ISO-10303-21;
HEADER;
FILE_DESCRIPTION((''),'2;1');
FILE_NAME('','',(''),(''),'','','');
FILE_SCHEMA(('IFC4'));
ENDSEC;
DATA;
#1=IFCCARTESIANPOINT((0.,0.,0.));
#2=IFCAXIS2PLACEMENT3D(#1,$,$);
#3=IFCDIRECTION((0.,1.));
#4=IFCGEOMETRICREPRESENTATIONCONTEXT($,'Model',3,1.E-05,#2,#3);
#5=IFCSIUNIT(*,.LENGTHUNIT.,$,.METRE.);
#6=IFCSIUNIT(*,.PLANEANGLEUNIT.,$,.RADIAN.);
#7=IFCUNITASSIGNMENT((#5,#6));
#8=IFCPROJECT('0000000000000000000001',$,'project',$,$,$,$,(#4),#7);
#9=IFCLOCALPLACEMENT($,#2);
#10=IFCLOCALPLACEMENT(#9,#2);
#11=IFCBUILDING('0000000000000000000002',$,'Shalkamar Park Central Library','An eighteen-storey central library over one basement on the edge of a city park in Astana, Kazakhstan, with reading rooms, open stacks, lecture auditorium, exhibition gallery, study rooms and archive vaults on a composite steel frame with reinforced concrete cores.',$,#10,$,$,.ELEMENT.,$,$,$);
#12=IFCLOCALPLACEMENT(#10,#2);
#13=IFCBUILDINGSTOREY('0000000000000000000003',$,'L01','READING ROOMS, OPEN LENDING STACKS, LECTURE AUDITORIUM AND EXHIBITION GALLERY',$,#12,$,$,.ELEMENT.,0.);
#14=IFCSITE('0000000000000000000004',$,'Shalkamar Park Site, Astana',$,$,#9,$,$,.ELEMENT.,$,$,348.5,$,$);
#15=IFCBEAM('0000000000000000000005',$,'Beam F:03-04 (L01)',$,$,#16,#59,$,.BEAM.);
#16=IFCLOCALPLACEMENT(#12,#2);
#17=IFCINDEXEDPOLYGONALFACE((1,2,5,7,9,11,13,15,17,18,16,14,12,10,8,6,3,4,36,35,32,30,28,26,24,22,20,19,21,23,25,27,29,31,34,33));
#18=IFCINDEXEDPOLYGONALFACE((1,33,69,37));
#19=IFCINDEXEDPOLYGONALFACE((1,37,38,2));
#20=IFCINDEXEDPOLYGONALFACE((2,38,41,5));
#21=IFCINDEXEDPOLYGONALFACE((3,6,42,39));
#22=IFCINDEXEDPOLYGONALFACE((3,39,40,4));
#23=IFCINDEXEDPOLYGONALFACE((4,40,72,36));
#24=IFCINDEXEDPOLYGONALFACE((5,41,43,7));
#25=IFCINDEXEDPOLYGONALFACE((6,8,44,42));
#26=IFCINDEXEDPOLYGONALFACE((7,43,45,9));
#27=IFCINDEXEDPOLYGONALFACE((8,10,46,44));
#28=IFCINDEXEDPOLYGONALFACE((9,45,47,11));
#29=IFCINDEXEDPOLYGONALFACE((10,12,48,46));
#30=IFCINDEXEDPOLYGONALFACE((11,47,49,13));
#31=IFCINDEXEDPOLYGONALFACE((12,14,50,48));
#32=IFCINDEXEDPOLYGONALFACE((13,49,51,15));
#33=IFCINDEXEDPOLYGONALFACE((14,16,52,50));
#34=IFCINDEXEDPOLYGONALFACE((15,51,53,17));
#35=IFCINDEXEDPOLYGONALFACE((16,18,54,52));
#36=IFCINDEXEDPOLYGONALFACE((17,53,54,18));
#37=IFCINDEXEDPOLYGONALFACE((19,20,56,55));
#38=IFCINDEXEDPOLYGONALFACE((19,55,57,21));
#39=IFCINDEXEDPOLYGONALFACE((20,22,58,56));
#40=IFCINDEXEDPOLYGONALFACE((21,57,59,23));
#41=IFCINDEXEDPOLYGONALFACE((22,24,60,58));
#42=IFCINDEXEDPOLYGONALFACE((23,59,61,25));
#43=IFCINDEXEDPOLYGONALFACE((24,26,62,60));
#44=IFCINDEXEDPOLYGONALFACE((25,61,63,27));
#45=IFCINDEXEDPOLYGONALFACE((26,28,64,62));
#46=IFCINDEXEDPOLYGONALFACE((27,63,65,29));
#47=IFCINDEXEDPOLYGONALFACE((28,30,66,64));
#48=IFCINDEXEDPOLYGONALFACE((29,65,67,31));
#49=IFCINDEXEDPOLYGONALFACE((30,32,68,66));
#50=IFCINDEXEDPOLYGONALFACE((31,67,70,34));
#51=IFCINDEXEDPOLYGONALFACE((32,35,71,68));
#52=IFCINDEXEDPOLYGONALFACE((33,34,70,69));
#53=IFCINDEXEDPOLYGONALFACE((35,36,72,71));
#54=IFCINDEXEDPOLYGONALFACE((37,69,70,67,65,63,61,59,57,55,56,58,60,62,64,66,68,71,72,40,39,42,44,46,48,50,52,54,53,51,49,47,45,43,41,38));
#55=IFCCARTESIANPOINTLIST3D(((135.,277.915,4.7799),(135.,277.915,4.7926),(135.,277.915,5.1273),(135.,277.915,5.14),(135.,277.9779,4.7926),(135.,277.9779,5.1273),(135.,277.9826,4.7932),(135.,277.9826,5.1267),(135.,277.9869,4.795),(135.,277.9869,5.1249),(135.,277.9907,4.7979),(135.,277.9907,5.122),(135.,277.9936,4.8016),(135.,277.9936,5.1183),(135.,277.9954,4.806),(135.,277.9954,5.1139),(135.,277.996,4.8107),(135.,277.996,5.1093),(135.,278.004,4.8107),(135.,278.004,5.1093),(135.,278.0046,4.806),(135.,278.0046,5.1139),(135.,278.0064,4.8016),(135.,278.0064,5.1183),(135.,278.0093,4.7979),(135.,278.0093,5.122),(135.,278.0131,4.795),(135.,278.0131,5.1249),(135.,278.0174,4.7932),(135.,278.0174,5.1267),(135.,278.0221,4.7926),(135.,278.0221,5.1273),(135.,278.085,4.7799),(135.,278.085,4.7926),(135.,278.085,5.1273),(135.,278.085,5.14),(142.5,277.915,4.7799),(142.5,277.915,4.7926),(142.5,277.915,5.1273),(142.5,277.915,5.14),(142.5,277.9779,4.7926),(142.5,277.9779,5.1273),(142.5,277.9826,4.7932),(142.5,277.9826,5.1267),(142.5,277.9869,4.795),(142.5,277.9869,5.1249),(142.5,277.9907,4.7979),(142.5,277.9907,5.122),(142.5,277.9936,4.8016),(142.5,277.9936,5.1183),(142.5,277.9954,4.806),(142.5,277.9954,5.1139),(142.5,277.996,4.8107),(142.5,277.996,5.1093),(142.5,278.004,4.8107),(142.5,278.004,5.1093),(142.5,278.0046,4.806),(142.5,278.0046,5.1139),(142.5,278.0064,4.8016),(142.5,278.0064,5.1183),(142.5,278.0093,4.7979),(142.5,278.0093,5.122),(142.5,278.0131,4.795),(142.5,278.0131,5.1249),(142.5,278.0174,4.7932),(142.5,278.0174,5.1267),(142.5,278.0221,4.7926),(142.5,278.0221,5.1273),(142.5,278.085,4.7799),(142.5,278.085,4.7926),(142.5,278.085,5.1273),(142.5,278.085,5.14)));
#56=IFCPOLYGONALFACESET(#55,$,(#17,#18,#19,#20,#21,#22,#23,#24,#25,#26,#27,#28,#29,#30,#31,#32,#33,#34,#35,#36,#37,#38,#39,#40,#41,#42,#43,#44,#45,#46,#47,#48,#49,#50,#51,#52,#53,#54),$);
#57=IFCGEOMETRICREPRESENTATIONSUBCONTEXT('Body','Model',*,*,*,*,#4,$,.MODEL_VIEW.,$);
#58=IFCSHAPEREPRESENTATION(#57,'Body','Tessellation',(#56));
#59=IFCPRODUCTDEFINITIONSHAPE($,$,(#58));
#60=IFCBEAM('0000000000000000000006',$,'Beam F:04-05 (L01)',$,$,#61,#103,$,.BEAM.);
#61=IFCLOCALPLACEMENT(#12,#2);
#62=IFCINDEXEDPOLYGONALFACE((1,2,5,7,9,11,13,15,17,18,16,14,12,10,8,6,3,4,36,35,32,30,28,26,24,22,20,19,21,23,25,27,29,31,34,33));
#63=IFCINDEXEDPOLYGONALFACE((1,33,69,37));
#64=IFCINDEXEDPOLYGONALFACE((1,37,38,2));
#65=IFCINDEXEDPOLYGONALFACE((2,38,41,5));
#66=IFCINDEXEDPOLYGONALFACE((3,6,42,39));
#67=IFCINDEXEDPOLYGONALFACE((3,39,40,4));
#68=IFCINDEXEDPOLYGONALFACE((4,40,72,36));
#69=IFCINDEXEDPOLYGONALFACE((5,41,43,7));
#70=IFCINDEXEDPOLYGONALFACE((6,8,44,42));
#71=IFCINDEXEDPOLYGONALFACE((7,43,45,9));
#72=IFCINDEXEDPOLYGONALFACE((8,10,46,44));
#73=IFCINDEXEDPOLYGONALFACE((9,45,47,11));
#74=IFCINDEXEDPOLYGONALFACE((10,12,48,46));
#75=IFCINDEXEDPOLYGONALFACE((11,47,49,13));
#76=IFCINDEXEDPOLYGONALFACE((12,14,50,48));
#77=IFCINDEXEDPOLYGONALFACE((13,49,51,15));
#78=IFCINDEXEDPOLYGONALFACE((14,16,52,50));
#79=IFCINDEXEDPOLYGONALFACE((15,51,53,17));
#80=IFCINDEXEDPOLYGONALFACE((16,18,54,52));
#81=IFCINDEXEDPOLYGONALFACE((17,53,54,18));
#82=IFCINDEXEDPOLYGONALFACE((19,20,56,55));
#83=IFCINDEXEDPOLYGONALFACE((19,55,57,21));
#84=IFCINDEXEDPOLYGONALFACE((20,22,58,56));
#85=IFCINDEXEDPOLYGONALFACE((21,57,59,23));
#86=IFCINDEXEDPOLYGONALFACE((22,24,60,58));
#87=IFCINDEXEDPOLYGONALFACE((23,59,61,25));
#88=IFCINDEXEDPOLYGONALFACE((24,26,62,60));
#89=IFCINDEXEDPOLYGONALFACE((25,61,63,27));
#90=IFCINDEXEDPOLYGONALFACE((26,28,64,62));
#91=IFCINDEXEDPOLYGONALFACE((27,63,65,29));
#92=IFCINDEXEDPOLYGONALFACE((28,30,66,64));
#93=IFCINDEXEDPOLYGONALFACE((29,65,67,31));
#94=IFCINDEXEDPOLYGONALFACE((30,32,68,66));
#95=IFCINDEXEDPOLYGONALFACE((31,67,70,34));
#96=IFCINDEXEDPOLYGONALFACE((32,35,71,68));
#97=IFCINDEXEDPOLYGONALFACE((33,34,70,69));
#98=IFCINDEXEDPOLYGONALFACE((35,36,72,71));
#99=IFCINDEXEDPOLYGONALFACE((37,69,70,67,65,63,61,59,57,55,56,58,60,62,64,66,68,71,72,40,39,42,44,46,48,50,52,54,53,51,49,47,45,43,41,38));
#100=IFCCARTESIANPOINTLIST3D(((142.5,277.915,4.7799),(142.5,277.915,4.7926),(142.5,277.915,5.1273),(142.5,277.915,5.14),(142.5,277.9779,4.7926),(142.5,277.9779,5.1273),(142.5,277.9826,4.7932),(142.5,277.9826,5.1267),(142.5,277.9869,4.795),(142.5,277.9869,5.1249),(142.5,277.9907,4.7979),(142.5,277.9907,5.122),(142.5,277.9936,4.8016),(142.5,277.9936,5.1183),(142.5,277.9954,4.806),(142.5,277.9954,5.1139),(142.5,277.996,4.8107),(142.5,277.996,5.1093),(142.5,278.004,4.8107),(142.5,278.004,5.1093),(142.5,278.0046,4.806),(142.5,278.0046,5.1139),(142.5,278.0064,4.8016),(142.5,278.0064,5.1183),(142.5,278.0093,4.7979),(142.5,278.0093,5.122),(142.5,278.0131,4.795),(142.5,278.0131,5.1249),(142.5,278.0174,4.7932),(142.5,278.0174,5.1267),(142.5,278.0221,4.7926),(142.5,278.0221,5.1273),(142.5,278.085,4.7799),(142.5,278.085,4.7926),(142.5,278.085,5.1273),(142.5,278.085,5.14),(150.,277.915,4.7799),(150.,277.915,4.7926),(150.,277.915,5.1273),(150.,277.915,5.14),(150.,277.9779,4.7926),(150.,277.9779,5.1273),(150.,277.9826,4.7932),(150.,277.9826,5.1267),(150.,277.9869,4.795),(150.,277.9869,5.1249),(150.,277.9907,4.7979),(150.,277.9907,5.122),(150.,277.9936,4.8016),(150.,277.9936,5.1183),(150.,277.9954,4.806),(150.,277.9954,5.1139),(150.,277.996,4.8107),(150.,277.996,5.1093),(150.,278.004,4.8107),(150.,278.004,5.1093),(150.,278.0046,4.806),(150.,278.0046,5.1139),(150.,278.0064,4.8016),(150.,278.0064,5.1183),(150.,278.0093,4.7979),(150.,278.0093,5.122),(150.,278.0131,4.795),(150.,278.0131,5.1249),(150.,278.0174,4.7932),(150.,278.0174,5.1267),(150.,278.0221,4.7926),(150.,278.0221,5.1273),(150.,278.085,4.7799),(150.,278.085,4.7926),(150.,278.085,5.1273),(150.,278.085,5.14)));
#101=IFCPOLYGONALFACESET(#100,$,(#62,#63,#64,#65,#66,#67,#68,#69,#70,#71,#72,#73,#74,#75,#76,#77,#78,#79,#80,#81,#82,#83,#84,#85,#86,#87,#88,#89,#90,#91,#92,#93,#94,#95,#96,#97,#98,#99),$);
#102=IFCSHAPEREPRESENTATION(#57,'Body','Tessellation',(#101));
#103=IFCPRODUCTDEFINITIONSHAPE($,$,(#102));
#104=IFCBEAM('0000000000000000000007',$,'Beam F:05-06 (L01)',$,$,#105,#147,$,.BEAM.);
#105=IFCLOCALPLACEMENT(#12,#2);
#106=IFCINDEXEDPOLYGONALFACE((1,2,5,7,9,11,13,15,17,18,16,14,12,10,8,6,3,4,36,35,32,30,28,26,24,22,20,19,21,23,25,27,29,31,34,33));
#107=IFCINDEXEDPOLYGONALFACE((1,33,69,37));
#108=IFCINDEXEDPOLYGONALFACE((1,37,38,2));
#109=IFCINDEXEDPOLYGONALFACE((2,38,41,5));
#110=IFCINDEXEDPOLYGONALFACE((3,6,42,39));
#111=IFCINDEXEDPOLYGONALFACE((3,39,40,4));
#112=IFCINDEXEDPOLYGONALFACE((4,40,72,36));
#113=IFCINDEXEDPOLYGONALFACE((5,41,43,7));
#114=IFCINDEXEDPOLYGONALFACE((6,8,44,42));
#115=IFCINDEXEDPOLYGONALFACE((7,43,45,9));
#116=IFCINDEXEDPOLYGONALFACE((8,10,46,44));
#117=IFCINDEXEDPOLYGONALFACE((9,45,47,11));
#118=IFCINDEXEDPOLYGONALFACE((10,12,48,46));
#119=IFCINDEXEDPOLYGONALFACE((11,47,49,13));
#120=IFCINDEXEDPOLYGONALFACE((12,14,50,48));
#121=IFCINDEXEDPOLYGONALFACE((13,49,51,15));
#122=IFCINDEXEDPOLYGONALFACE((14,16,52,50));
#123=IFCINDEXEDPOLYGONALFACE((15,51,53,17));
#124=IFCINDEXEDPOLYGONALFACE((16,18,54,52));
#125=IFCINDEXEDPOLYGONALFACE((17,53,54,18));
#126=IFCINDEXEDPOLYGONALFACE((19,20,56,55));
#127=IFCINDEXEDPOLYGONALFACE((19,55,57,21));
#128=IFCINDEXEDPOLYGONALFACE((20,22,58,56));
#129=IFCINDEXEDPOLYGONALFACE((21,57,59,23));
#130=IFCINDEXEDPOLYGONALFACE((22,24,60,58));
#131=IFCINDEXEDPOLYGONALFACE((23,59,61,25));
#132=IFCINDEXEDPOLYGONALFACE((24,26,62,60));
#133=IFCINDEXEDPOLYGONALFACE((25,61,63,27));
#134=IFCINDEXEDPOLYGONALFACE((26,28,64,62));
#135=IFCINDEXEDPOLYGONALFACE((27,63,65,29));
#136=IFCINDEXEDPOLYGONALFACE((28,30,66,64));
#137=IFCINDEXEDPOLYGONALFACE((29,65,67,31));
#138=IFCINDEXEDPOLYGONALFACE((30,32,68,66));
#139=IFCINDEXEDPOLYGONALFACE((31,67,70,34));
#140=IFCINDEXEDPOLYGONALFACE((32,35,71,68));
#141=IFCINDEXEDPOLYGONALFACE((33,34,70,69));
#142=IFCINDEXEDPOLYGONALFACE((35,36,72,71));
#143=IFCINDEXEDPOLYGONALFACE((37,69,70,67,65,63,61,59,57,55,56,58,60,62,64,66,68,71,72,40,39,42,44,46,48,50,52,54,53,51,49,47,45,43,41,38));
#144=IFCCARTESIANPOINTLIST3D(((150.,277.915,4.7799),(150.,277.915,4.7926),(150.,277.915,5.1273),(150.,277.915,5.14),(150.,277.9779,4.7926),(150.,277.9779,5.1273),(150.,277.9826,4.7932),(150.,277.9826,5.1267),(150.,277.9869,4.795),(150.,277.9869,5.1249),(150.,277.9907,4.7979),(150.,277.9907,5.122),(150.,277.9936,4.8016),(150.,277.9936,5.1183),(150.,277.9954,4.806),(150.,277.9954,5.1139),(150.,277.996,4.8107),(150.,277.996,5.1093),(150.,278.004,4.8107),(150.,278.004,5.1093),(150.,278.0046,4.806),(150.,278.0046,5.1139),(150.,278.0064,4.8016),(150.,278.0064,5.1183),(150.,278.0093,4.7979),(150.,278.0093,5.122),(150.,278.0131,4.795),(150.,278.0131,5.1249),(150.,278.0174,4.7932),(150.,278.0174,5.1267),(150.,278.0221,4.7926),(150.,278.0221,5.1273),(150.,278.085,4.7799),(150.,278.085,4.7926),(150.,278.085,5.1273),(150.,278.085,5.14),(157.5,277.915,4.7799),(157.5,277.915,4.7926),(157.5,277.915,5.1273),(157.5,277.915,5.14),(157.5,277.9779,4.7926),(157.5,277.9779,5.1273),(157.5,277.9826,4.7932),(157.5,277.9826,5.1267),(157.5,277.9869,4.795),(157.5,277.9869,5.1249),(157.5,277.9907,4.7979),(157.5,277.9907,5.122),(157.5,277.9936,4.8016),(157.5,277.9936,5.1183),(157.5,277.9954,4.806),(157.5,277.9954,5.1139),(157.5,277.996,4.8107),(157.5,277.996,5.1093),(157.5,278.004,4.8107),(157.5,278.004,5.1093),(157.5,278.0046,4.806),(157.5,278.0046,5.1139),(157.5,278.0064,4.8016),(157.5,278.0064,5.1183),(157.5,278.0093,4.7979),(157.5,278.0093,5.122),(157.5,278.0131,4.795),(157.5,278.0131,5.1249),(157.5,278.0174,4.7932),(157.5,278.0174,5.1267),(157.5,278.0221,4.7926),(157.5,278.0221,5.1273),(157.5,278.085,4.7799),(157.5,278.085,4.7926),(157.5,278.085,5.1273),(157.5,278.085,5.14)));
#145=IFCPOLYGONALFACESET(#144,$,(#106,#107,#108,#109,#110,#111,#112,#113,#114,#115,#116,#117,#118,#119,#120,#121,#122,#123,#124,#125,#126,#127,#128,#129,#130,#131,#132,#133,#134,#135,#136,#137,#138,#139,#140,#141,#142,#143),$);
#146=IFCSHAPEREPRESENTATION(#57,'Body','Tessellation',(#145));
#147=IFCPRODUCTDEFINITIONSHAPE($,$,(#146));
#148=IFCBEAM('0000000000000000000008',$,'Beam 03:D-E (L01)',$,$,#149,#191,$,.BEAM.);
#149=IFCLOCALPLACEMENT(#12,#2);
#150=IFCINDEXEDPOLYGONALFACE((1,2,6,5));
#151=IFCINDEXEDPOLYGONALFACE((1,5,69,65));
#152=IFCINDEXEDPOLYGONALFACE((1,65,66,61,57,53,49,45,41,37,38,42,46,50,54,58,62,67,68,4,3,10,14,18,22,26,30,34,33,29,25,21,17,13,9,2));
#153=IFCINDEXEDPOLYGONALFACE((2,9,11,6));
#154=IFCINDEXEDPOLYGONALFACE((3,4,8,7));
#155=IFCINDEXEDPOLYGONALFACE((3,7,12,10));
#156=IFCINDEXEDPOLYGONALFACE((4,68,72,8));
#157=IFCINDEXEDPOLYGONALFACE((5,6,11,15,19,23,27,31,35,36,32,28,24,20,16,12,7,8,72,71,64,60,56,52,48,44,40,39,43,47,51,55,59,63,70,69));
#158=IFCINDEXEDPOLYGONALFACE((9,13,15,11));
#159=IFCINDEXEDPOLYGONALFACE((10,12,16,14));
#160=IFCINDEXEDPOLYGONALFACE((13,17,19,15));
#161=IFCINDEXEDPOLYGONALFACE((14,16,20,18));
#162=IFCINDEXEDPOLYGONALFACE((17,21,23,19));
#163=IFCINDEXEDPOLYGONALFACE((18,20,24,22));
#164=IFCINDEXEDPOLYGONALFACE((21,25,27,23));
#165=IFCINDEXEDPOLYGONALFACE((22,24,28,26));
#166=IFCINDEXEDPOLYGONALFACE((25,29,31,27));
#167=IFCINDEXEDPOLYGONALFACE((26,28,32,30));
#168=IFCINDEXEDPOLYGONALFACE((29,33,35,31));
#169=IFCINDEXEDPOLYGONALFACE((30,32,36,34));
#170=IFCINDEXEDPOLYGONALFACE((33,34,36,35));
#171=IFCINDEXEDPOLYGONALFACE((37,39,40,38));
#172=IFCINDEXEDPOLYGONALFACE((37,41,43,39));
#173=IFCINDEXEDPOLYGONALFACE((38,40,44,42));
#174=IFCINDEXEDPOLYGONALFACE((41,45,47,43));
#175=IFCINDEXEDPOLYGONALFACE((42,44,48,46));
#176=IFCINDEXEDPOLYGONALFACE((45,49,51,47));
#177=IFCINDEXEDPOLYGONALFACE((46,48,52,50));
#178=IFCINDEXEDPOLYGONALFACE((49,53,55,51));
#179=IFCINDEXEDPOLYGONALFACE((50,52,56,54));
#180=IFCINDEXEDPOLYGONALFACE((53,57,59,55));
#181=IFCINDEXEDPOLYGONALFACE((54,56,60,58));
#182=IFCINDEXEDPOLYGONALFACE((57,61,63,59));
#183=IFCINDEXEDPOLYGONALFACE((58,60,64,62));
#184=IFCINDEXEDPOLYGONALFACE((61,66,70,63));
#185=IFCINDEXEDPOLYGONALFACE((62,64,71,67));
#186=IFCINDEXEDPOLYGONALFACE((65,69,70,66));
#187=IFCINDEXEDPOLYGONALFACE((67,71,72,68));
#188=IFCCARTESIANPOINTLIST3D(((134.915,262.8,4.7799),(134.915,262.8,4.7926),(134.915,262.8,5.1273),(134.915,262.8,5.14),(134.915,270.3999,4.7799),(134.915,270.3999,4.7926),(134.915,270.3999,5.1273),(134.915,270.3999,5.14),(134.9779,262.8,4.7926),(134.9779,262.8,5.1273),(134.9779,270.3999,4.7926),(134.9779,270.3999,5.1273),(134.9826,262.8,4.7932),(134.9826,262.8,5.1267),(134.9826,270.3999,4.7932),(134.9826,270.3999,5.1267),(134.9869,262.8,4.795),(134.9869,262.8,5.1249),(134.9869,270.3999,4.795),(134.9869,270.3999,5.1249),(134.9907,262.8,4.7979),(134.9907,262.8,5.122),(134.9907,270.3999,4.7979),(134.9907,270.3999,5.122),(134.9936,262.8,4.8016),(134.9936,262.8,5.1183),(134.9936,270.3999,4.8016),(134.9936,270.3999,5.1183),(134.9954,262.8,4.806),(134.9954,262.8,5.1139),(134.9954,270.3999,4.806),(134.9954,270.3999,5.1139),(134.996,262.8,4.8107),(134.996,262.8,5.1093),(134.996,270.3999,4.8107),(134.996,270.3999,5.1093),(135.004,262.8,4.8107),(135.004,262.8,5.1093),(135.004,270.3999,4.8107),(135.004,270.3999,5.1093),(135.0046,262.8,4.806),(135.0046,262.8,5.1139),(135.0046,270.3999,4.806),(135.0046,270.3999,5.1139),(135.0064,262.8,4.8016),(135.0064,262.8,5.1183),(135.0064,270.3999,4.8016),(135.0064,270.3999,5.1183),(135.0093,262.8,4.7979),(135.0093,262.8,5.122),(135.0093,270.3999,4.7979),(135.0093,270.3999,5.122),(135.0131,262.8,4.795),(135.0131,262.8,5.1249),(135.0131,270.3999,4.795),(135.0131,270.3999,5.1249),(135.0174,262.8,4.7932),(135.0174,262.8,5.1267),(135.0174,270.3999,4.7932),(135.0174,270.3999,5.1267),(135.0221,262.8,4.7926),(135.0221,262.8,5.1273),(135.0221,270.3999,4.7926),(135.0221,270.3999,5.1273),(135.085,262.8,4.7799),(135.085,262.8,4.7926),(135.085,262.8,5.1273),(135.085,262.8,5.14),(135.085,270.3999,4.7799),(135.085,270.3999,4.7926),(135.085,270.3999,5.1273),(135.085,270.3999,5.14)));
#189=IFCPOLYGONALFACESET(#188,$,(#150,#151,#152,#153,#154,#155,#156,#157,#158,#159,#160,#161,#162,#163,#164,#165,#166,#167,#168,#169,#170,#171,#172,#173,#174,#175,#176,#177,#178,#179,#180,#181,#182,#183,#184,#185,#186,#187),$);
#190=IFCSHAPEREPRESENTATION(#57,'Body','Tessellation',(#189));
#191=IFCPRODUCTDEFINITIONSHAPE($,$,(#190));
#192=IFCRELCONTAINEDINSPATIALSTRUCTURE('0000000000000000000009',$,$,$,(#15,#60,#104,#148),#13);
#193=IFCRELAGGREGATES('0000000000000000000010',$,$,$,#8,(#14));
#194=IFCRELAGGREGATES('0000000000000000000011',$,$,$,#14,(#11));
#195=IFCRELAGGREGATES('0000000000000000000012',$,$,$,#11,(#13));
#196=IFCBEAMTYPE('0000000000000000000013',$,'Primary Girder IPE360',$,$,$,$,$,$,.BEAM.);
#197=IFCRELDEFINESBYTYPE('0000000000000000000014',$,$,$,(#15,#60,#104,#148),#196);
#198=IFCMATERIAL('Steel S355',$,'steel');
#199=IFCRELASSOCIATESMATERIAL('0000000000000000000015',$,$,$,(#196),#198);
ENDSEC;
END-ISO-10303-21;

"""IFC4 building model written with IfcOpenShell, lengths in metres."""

from ifc_helpers import new_model, si_unit, direction, frame, origin, origin_2d, place, context, subcontext, project, spatial, i_section, extrude, material, material_profile, profile_set, type_object, element, save


model = new_model("IFC4")

# Units and contexts
model_context = context("Model", 3, precision=1e-05, world=origin(), true_north=direction((0.0, 1.0)))
body_context = subcontext(model_context, "Body", "Model", "MODEL_VIEW")
ifc_project = project(units=[si_unit("LENGTHUNIT", "METRE"), si_unit("PLANEANGLEUNIT", "RADIAN")], contexts=[model_context])

# Site, building, storey
site_placement = place(None, origin())
site = spatial("IfcSite", under=ifc_project, at=site_placement, Name="Shalkamar Park Site, Astana", CompositionType="ELEMENT", RefElevation=348.5)
building_placement = place(site_placement, origin())
building = spatial("IfcBuilding", under=site, at=building_placement, Name="Shalkamar Park Central Library", Description="An eighteen-storey central library over one basement on the edge of a city park in Astana, Kazakhstan, with reading rooms, open stacks, lecture auditorium, exhibition gallery, study rooms and archive vaults on a composite steel frame with reinforced concrete cores.", CompositionType="ELEMENT")
storey_placement = place(building_placement, origin())
storey = spatial("IfcBuildingStorey", under=building, at=storey_placement, Name="L01", Description="READING ROOMS, OPEN LENDING STACKS, LECTURE AUDITORIUM AND EXHIBITION GALLERY", CompositionType="ELEMENT", Elevation=0.0)

# Shared definitions
ifc_material_1 = material(Name="Steel S355", Category="steel")

# Beams
ifc_material_profile_1 = material_profile(ifc_material_1, i_section(OverallWidth=0.1699, OverallDepth=0.3601, WebThickness=0.0081, FlangeThickness=0.0127, FilletRadius=0.0181, at=origin_2d()), Name="IPE 360")
ifc_profile_set_1 = profile_set([ifc_material_profile_1], Name="Steel S355")
beam_type_1 = type_object("IfcBeamType", Name="Primary Girder IPE360", PredefinedType="BEAM", material=ifc_profile_set_1)
for number, where, z_axis, x_axis, name in (
    (1, (135.0, 278.0, 4.96), (1.0, 0.0, 0.0), (0.0, 1.0, 0.0), "Beam F:03-04 (L01)"),
    (2, (142.5, 278.0, 4.96), (1.0, 0.0, 0.0), (0.0, 1.0, 0.0), "Beam F:04-05 (L01)"),
    (3, (150.0, 278.0, 4.96), (1.0, 0.0, 0.0), (0.0, 1.0, 0.0), "Beam F:05-06 (L01)"),
):
    element("IfcBeam", number, at=place(storey_placement, frame(where, z_axis=z_axis, x_axis=x_axis)), inside=storey, type_object=beam_type_1, Name=name, PredefinedType="BEAM", context=body_context, shape_type="SweptSolid", body=[
        extrude(i_section(OverallWidth=0.1699, OverallDepth=0.3601, WebThickness=0.0081, FlangeThickness=0.0127, FilletRadius=0.0181, at=origin_2d()), origin(), (0.0, 0.0, 1.0), 7.5),
    ])
beam_1_placement = place(storey_placement, frame((135.0, 262.8, 4.96), z_axis=(0.0, 1.0, 0.0), x_axis=(-1.0, 0.0, 0.0)))
element("IfcBeam", 4, at=beam_1_placement, inside=storey, type_object=beam_type_1, Name="Beam 03:D-E (L01)", PredefinedType="BEAM", context=body_context, shape_type="SweptSolid", body=[
    extrude(i_section(OverallWidth=0.1699, OverallDepth=0.3601, WebThickness=0.0081, FlangeThickness=0.0127, FilletRadius=0.0181, at=origin_2d()), origin(), (0.0, 0.0, 1.0), 7.5999),
])

save(model, "model.ifc")
